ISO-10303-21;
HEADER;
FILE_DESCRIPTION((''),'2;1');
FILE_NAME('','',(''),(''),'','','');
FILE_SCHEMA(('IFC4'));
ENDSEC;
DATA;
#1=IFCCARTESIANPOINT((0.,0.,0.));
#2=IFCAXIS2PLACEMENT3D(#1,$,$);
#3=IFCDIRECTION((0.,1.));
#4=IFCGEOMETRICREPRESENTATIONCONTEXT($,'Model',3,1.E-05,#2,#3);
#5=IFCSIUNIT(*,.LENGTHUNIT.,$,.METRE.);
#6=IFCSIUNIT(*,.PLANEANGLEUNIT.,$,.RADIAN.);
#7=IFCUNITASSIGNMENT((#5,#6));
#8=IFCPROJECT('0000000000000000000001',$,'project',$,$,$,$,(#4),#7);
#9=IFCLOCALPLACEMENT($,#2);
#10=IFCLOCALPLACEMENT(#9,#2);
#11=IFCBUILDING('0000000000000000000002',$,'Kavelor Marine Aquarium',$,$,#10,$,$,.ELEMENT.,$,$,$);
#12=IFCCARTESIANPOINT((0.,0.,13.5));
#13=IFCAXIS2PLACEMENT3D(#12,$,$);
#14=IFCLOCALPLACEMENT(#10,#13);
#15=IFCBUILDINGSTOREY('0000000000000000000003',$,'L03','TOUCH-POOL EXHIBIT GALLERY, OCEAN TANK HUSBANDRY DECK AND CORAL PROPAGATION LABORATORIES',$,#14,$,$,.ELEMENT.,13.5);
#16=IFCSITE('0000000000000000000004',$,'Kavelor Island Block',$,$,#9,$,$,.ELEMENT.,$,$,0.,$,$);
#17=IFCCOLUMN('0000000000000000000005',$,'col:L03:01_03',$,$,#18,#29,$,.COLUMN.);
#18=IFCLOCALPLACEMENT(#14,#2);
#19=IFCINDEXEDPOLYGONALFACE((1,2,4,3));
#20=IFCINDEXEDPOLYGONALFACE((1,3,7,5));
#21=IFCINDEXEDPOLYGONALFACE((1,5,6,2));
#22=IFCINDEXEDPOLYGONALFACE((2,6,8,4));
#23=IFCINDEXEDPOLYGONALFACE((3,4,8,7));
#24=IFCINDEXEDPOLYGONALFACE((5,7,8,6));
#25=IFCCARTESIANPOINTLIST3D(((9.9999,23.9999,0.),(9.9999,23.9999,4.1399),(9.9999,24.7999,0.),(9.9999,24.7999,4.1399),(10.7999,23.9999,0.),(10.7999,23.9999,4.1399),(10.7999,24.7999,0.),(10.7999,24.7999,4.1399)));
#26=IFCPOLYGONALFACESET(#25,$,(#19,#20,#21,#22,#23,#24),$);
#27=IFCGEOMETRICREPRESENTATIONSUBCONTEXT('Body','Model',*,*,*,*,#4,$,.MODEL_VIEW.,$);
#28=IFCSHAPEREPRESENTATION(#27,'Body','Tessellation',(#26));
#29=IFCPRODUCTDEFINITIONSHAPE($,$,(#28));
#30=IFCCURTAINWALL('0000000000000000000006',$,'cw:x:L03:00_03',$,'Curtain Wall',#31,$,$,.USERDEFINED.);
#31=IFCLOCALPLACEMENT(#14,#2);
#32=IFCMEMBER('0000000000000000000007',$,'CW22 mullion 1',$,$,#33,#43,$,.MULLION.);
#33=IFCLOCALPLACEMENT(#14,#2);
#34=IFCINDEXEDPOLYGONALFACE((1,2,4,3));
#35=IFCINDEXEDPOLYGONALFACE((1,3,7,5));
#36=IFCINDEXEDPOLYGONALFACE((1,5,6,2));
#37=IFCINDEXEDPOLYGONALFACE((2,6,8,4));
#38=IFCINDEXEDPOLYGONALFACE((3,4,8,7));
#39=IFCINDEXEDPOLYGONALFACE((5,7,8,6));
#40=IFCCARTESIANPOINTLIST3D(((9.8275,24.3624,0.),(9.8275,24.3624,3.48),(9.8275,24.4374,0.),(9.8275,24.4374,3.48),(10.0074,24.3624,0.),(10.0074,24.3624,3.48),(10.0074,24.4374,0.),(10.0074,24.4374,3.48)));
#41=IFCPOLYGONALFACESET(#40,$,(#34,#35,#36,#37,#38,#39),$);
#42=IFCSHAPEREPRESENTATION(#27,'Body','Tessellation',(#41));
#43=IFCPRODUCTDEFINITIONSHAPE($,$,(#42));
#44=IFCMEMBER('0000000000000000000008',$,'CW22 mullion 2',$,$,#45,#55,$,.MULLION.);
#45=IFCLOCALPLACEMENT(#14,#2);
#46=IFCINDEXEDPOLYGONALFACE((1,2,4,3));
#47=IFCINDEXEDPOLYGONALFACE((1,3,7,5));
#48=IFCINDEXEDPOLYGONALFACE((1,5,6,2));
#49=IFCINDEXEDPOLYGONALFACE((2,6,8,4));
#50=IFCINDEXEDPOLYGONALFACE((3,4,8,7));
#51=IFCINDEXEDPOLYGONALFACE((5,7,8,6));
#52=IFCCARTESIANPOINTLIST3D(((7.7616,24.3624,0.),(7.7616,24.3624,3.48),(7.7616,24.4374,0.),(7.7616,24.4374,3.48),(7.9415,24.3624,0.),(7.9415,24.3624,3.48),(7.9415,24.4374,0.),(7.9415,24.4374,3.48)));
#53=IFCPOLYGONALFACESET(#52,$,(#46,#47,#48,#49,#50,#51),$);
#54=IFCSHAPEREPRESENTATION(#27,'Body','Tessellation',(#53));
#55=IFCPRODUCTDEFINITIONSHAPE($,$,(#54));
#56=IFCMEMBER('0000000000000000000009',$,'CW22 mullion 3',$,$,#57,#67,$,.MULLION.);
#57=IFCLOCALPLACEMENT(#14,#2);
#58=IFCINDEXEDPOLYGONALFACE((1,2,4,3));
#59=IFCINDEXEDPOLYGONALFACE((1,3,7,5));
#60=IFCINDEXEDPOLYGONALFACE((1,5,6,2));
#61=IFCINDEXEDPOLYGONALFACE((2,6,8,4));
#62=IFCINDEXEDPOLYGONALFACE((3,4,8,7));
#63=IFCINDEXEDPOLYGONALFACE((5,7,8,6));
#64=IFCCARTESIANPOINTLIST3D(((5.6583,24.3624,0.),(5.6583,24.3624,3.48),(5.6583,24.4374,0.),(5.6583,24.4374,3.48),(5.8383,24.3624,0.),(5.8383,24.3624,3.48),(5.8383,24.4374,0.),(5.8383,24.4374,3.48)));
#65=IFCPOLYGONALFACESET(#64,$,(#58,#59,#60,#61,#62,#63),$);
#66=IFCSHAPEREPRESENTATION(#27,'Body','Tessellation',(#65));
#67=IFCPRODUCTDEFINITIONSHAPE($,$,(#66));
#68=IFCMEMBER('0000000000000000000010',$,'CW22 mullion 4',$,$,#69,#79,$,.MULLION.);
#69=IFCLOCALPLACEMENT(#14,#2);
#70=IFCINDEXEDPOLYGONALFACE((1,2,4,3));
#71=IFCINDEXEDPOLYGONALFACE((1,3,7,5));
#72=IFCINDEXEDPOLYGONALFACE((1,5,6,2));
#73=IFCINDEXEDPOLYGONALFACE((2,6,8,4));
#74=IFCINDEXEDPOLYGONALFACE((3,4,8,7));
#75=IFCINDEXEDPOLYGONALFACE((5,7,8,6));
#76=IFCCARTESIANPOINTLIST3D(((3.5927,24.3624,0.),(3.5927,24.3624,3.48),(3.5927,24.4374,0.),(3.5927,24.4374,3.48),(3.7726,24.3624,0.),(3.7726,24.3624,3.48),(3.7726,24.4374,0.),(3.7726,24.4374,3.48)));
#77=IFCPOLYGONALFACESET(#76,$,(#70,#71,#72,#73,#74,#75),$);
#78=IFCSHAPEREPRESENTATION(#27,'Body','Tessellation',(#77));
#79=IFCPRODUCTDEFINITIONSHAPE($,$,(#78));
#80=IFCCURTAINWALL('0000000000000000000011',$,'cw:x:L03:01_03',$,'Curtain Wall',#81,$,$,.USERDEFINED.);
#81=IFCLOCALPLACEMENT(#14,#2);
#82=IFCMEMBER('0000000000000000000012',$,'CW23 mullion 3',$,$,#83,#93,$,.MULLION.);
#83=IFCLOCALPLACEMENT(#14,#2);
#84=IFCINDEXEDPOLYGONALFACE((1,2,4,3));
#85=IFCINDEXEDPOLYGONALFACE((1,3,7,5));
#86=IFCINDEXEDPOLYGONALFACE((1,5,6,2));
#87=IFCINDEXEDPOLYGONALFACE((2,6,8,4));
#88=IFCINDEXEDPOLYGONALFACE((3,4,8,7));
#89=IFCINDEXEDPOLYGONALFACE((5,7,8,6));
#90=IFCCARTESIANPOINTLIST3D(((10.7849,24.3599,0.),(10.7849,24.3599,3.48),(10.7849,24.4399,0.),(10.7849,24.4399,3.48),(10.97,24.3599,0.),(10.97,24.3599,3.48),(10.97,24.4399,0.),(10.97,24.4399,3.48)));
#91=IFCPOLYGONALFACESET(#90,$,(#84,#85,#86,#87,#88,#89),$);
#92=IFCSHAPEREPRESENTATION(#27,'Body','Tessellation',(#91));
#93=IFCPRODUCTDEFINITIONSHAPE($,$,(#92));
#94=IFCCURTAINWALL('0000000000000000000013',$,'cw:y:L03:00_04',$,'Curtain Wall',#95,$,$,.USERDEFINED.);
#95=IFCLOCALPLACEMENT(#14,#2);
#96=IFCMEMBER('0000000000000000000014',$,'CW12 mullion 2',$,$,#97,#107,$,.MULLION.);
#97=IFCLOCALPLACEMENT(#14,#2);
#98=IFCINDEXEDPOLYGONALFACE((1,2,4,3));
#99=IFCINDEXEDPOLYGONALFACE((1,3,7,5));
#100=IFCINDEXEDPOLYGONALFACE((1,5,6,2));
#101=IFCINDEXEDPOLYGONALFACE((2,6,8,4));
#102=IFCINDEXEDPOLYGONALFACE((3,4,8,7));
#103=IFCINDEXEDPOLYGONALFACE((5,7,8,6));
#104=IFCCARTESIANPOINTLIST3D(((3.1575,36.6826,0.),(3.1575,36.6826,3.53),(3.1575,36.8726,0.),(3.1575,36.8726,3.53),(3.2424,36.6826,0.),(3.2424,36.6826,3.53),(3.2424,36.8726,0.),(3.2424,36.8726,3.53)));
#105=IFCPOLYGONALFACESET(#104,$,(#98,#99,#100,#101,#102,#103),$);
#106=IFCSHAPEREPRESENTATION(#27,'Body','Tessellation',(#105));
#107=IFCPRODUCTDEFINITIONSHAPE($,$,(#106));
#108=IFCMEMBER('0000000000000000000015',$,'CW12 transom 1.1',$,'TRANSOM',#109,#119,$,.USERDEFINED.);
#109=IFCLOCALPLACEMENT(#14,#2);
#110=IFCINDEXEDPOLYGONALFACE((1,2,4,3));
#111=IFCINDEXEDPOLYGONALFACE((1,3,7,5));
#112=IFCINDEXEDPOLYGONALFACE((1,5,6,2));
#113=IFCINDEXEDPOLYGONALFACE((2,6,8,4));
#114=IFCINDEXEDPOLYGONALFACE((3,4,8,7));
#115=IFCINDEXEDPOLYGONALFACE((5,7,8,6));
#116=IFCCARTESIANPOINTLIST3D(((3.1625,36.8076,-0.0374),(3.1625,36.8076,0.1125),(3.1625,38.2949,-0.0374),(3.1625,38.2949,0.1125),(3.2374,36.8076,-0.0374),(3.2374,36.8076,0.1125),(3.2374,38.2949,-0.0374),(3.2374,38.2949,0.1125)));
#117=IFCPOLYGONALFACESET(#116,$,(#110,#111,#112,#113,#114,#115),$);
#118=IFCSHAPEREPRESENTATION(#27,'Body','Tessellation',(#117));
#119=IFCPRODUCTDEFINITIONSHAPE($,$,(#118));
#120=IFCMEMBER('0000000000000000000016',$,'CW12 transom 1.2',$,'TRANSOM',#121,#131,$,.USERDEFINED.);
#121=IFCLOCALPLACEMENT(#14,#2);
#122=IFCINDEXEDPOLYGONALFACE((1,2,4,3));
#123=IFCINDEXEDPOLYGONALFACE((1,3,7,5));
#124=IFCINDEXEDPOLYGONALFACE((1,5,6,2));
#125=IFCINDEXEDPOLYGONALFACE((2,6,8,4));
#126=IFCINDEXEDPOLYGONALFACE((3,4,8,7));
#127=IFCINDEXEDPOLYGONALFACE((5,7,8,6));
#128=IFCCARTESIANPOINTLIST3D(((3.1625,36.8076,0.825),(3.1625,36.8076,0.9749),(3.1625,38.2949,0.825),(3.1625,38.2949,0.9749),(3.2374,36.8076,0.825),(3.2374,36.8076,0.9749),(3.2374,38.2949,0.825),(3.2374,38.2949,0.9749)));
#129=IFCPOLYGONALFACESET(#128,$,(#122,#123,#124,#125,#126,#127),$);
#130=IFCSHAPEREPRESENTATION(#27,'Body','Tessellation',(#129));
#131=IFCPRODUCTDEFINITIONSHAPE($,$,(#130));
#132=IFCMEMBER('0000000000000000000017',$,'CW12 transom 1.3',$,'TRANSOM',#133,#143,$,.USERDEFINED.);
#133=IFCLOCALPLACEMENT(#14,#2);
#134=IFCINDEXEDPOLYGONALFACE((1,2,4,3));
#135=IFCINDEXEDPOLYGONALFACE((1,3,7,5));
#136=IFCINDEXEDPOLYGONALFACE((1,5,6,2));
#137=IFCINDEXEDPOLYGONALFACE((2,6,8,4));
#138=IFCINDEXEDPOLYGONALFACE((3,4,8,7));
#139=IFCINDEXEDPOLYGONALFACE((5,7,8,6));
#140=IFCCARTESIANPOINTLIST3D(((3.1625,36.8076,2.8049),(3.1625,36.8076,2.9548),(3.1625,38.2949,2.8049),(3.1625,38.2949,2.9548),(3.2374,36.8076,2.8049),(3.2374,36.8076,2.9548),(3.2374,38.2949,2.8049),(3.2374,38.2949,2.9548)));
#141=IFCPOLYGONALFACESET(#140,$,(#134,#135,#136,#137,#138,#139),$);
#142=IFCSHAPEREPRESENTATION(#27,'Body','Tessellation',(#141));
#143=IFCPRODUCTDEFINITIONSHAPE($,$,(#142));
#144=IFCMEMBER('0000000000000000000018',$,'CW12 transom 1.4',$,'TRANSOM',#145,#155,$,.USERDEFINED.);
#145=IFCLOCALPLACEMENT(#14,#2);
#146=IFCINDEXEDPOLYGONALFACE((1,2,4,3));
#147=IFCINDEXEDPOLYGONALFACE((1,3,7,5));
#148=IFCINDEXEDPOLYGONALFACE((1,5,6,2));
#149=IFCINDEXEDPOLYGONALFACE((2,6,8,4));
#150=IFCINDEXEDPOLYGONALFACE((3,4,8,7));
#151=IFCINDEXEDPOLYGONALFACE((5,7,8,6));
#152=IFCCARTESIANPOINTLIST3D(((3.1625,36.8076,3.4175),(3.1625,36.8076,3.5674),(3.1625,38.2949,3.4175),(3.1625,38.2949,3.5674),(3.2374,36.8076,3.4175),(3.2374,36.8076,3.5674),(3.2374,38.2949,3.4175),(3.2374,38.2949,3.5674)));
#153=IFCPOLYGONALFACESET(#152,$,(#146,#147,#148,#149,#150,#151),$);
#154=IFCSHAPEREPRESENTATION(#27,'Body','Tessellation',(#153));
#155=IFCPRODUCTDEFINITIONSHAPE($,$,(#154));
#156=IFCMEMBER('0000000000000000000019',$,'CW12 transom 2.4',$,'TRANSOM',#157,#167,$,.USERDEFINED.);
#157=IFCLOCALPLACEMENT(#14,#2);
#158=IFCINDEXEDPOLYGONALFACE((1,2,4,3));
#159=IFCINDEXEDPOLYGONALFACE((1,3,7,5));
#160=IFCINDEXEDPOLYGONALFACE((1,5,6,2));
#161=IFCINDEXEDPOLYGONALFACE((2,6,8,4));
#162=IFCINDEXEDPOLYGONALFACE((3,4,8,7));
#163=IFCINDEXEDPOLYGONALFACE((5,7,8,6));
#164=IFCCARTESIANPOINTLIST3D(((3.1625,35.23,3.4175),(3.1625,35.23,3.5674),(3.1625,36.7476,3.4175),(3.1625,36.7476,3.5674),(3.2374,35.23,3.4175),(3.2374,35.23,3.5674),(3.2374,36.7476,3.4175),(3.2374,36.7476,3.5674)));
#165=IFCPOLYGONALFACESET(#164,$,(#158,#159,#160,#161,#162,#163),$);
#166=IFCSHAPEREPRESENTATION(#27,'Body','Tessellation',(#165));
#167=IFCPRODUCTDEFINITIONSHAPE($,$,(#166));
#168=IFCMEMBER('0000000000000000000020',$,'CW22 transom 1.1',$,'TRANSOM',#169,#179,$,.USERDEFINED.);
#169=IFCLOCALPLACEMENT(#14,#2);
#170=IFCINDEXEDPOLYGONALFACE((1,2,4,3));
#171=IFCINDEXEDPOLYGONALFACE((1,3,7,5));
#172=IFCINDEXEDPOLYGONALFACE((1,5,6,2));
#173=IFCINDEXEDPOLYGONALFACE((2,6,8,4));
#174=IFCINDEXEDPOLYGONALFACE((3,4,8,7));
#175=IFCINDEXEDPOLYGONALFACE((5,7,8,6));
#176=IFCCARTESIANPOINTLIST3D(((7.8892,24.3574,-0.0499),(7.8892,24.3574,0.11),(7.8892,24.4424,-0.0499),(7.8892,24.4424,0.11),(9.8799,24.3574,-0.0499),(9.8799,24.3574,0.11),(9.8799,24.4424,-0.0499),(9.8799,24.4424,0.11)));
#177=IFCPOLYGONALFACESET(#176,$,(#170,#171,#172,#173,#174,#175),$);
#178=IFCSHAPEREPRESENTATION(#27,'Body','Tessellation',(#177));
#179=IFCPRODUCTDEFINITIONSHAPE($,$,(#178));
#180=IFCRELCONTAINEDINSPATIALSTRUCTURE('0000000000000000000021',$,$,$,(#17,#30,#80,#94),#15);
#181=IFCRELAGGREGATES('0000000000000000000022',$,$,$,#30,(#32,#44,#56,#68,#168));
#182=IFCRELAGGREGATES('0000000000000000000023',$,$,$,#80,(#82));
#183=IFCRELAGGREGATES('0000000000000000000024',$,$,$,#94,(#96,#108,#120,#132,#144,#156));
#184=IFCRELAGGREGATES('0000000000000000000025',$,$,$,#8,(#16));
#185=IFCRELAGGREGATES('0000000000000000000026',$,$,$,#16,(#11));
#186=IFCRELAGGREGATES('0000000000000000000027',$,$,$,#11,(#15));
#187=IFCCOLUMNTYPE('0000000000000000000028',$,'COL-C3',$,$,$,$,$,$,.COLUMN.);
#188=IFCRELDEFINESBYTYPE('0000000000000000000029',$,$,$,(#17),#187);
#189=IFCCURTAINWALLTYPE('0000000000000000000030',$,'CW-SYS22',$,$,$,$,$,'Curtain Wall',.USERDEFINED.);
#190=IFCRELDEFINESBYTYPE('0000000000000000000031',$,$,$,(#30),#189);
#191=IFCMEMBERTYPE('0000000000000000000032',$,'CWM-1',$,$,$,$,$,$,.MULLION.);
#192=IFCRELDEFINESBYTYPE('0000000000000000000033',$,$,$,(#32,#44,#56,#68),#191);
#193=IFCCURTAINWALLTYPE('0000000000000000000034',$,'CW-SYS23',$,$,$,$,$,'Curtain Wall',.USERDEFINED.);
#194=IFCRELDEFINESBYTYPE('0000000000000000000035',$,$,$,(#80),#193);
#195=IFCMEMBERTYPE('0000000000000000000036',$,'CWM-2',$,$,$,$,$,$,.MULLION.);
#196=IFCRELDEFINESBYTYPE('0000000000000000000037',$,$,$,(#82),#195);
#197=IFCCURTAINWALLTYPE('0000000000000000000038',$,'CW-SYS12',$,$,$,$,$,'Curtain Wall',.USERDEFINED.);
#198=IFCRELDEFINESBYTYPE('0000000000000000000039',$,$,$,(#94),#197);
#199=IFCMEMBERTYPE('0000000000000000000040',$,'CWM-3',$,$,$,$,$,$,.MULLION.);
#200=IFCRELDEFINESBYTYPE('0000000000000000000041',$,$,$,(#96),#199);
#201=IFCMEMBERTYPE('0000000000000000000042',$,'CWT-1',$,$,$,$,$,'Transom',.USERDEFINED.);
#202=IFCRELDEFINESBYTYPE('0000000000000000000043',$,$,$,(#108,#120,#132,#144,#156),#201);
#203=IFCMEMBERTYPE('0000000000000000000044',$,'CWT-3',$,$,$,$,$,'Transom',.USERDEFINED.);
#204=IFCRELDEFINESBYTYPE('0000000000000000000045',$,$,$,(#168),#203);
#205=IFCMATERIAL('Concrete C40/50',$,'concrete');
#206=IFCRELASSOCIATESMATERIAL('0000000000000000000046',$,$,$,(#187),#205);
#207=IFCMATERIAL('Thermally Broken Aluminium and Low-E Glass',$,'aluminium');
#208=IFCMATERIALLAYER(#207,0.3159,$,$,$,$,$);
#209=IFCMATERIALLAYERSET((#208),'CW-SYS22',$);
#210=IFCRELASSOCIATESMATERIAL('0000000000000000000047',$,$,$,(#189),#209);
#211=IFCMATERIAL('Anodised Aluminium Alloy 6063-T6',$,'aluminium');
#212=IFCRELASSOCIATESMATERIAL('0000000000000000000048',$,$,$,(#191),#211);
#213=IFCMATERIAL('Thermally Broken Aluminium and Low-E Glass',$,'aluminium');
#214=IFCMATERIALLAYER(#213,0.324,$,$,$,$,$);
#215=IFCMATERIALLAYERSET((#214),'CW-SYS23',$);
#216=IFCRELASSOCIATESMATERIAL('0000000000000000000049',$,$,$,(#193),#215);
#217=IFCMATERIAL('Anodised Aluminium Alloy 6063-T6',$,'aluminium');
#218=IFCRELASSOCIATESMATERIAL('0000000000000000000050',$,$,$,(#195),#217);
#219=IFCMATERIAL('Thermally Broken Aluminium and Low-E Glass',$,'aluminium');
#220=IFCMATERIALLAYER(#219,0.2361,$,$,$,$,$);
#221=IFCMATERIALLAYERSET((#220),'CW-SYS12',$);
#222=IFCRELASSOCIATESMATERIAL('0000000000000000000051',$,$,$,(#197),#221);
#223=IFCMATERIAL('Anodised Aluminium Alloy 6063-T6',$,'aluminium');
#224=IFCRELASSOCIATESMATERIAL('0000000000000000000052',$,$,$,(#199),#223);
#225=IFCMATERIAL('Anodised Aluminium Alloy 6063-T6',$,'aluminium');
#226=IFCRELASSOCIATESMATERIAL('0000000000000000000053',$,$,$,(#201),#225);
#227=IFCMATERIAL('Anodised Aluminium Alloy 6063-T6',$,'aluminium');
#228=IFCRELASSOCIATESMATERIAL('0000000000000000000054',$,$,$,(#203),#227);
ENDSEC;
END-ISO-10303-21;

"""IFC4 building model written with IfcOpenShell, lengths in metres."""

from ifc_helpers import new_model, si_unit, direction, frame, origin, origin_2d, place, context, subcontext, project, spatial, rectangle, extrude, material, layer, layer_set, material_profile, profile_set, type_object, element, aggregate, save


model = new_model("IFC4")

# Units and contexts
model_context = context("Model", 3, precision=1e-05, world=origin(), true_north=direction((0.0, 1.0)))
body_context = subcontext(model_context, "Body", "Model", "MODEL_VIEW")
ifc_project = project(units=[si_unit("LENGTHUNIT", "METRE"), si_unit("PLANEANGLEUNIT", "RADIAN")], contexts=[model_context])

# Site, building, storey
site_placement = place(None, origin())
site = spatial("IfcSite", under=ifc_project, at=site_placement, Name="Kavelor Island Block", CompositionType="ELEMENT", RefElevation=0.0)
building_placement = place(site_placement, origin())
building = spatial("IfcBuilding", under=site, at=building_placement, Name="Kavelor Marine Aquarium", CompositionType="ELEMENT")
storey_placement = place(building_placement, frame((0.0, 0.0, 13.5)))
storey = spatial("IfcBuildingStorey", under=building, at=storey_placement, Name="L03", Description="TOUCH-POOL EXHIBIT GALLERY, OCEAN TANK HUSBANDRY DECK AND CORAL PROPAGATION LABORATORIES", CompositionType="ELEMENT", Elevation=13.5)

# Column
ifc_material_1 = material(Name="Concrete C40/50", Category="concrete")
ifc_material_profile_1 = material_profile(ifc_material_1, rectangle(XDim=0.8, YDim=0.8, at=origin_2d()), Name="RC-COL 800x800")
ifc_profile_set_1 = profile_set([ifc_material_profile_1], Name="Concrete C40/50")
column_type = type_object("IfcColumnType", Name="COL-C3", PredefinedType="COLUMN", material=ifc_profile_set_1)
column_placement = place(storey_placement, frame((10.3999, 24.3999, 0.0), z_axis=(0.0, 0.0, 1.0), x_axis=(1.0, 0.0, 0.0)))
element("IfcColumn", 1, at=column_placement, inside=storey, type_object=column_type, Name="col:L03:01_03", PredefinedType="COLUMN", context=body_context, shape_type="SweptSolid", body=[
    extrude(rectangle(XDim=0.8, YDim=0.8, at=origin_2d()), origin(), (0.0, 0.0, 1.0), 4.1399),
])

# Curtain wall, members
ifc_material_2 = material(Name="Thermally Broken Aluminium and Low-E Glass", Category="aluminium")
ifc_layer_1 = layer(ifc_material_2, 0.3159)
ifc_layer_set_1 = layer_set([ifc_layer_1], Name="CW-SYS22")
curtain_wall_type_1 = type_object("IfcCurtainWallType", Name="CW-SYS22", ElementType="Curtain Wall", PredefinedType="USERDEFINED", material=ifc_layer_set_1)
curtain_wall_1_placement = place(storey_placement, origin())
curtain_wall_1 = element("IfcCurtainWall", 2, at=curtain_wall_1_placement, inside=storey, type_object=curtain_wall_type_1, Name="cw:x:L03:00_03", ObjectType="Curtain Wall", PredefinedType="USERDEFINED")
ifc_material_3 = material(Name="Anodised Aluminium Alloy 6063-T6", Category="aluminium")
ifc_material_profile_2 = material_profile(ifc_material_3, rectangle(XDim=0.075, YDim=0.1799, at=origin_2d()), Name="CW-MUL 75x180")
ifc_profile_set_2 = profile_set([ifc_material_profile_2], Name="Anodised Aluminium Alloy 6063-T6")
member_type_1 = type_object("IfcMemberType", Name="CWM-1", PredefinedType="MULLION", material=ifc_profile_set_2)
member_1_placement = place(storey_placement, frame((9.9175, 24.3999, 0.0), z_axis=(0.0, 0.0, 1.0), x_axis=(0.0, -1.0, 0.0)))
member_1 = element("IfcMember", 3, at=member_1_placement, type_object=member_type_1, Name="CW22 mullion 1", PredefinedType="MULLION", context=body_context, shape_type="SweptSolid", body=[
    extrude(rectangle(XDim=0.075, YDim=0.1799, at=origin_2d()), origin(), (0.0, 0.0, 1.0), 3.48),
])
member_2_placement = place(storey_placement, frame((7.8516, 24.3999, 0.0), z_axis=(0.0, 0.0, 1.0), x_axis=(0.0, -1.0, 0.0)))
member_2 = element("IfcMember", 4, at=member_2_placement, type_object=member_type_1, Name="CW22 mullion 2", PredefinedType="MULLION", context=body_context, shape_type="SweptSolid", body=[
    extrude(rectangle(XDim=0.075, YDim=0.1799, at=origin_2d()), origin(), (0.0, 0.0, 1.0), 3.48),
])
member_3_placement = place(storey_placement, frame((5.7483, 24.3999, 0.0), z_axis=(0.0, 0.0, 1.0), x_axis=(0.0, -1.0, 0.0)))
member_3 = element("IfcMember", 5, at=member_3_placement, type_object=member_type_1, Name="CW22 mullion 3", PredefinedType="MULLION", context=body_context, shape_type="SweptSolid", body=[
    extrude(rectangle(XDim=0.075, YDim=0.1799, at=origin_2d()), origin(), (0.0, 0.0, 1.0), 3.48),
])
member_4_placement = place(storey_placement, frame((3.6826, 24.3999, 0.0), z_axis=(0.0, 0.0, 1.0), x_axis=(0.0, -1.0, 0.0)))
member_4 = element("IfcMember", 6, at=member_4_placement, type_object=member_type_1, Name="CW22 mullion 4", PredefinedType="MULLION", context=body_context, shape_type="SweptSolid", body=[
    extrude(rectangle(XDim=0.075, YDim=0.1799, at=origin_2d()), origin(), (0.0, 0.0, 1.0), 3.48),
])

# Curtain wall, member
ifc_material_4 = material(Name="Thermally Broken Aluminium and Low-E Glass", Category="aluminium")
ifc_layer_2 = layer(ifc_material_4, 0.324)
ifc_layer_set_2 = layer_set([ifc_layer_2], Name="CW-SYS23")
curtain_wall_type_2 = type_object("IfcCurtainWallType", Name="CW-SYS23", ElementType="Curtain Wall", PredefinedType="USERDEFINED", material=ifc_layer_set_2)
curtain_wall_2_placement = place(storey_placement, origin())
curtain_wall_2 = element("IfcCurtainWall", 7, at=curtain_wall_2_placement, inside=storey, type_object=curtain_wall_type_2, Name="cw:x:L03:01_03", ObjectType="Curtain Wall", PredefinedType="USERDEFINED")
ifc_material_5 = material(Name="Anodised Aluminium Alloy 6063-T6", Category="aluminium")
ifc_material_profile_3 = material_profile(ifc_material_5, rectangle(XDim=0.0801, YDim=0.1851, at=origin_2d()), Name="CW-MUL 80x185")
ifc_profile_set_3 = profile_set([ifc_material_profile_3], Name="Anodised Aluminium Alloy 6063-T6")
member_type_2 = type_object("IfcMemberType", Name="CWM-2", PredefinedType="MULLION", material=ifc_profile_set_3)
member_5_placement = place(storey_placement, frame((10.8774, 24.3999, 0.0), z_axis=(0.0, 0.0, 1.0), x_axis=(0.0, -1.0, 0.0)))
member_5 = element("IfcMember", 8, at=member_5_placement, type_object=member_type_2, Name="CW23 mullion 3", PredefinedType="MULLION", context=body_context, shape_type="SweptSolid", body=[
    extrude(rectangle(XDim=0.0801, YDim=0.1851, at=origin_2d()), origin(), (0.0, 0.0, 1.0), 3.48),
])

# Curtain wall, members
ifc_material_6 = material(Name="Thermally Broken Aluminium and Low-E Glass", Category="aluminium")
ifc_layer_3 = layer(ifc_material_6, 0.2361)
ifc_layer_set_3 = layer_set([ifc_layer_3], Name="CW-SYS12")
curtain_wall_type_3 = type_object("IfcCurtainWallType", Name="CW-SYS12", ElementType="Curtain Wall", PredefinedType="USERDEFINED", material=ifc_layer_set_3)
curtain_wall_3_placement = place(storey_placement, origin())
curtain_wall_3 = element("IfcCurtainWall", 9, at=curtain_wall_3_placement, inside=storey, type_object=curtain_wall_type_3, Name="cw:y:L03:00_04", ObjectType="Curtain Wall", PredefinedType="USERDEFINED")
ifc_material_7 = material(Name="Anodised Aluminium Alloy 6063-T6", Category="aluminium")
ifc_material_profile_4 = material_profile(ifc_material_7, rectangle(XDim=0.085, YDim=0.1899, at=origin_2d()), Name="CW-MUL 85x190")
ifc_profile_set_4 = profile_set([ifc_material_profile_4], Name="Anodised Aluminium Alloy 6063-T6")
member_type_3 = type_object("IfcMemberType", Name="CWM-3", PredefinedType="MULLION", material=ifc_profile_set_4)
member_6_placement = place(storey_placement, frame((3.2, 36.7776, 0.0), z_axis=(0.0, 0.0, 1.0), x_axis=(1.0, 0.0, 0.0)))
member_6 = element("IfcMember", 10, at=member_6_placement, type_object=member_type_3, Name="CW12 mullion 2", PredefinedType="MULLION", context=body_context, shape_type="SweptSolid", body=[
    extrude(rectangle(XDim=0.085, YDim=0.1899, at=origin_2d()), origin(), (0.0, 0.0, 1.0), 3.53),
])
ifc_material_8 = material(Name="Anodised Aluminium Alloy 6063-T6", Category="aluminium")
ifc_material_profile_5 = material_profile(ifc_material_8, rectangle(XDim=0.075, YDim=0.1499, at=origin_2d()), Name="CW-TRN 75x150")
ifc_profile_set_5 = profile_set([ifc_material_profile_5], Name="Anodised Aluminium Alloy 6063-T6")
member_type_4 = type_object("IfcMemberType", Name="CWT-1", ElementType="Transom", PredefinedType="USERDEFINED", material=ifc_profile_set_5)
member_7_placement = place(storey_placement, frame((3.2, 38.2949, 0.0376), z_axis=(0.0, -1.0, 0.0), x_axis=(1.0, 0.0, 0.0)))
member_7 = element("IfcMember", 11, at=member_7_placement, type_object=member_type_4, Name="CW12 transom 1.1", ObjectType="TRANSOM", PredefinedType="USERDEFINED", context=body_context, shape_type="SweptSolid", body=[
    extrude(rectangle(XDim=0.075, YDim=0.1499, at=origin_2d()), origin(), (0.0, 0.0, 1.0), 1.4873),
])
member_8_placement = place(storey_placement, frame((3.2, 38.2949, 0.8999), z_axis=(0.0, -1.0, 0.0), x_axis=(1.0, 0.0, 0.0)))
member_8 = element("IfcMember", 12, at=member_8_placement, type_object=member_type_4, Name="CW12 transom 1.2", ObjectType="TRANSOM", PredefinedType="USERDEFINED", context=body_context, shape_type="SweptSolid", body=[
    extrude(rectangle(XDim=0.075, YDim=0.1499, at=origin_2d()), origin(), (0.0, 0.0, 1.0), 1.4873),
])
member_9_placement = place(storey_placement, frame((3.2, 38.2949, 2.8799), z_axis=(0.0, -1.0, 0.0), x_axis=(1.0, 0.0, 0.0)))
member_9 = element("IfcMember", 13, at=member_9_placement, type_object=member_type_4, Name="CW12 transom 1.3", ObjectType="TRANSOM", PredefinedType="USERDEFINED", context=body_context, shape_type="SweptSolid", body=[
    extrude(rectangle(XDim=0.075, YDim=0.1499, at=origin_2d()), origin(), (0.0, 0.0, 1.0), 1.4873),
])
member_10_placement = place(storey_placement, frame((3.2, 38.2949, 3.4924), z_axis=(0.0, -1.0, 0.0), x_axis=(1.0, 0.0, 0.0)))
member_10 = element("IfcMember", 14, at=member_10_placement, type_object=member_type_4, Name="CW12 transom 1.4", ObjectType="TRANSOM", PredefinedType="USERDEFINED", context=body_context, shape_type="SweptSolid", body=[
    extrude(rectangle(XDim=0.075, YDim=0.1499, at=origin_2d()), origin(), (0.0, 0.0, 1.0), 1.4873),
])
member_11_placement = place(storey_placement, frame((3.2, 36.7476, 3.4924), z_axis=(0.0, -1.0, 0.0), x_axis=(1.0, 0.0, 0.0)))
member_11 = element("IfcMember", 15, at=member_11_placement, type_object=member_type_4, Name="CW12 transom 2.4", ObjectType="TRANSOM", PredefinedType="USERDEFINED", context=body_context, shape_type="SweptSolid", body=[
    extrude(rectangle(XDim=0.075, YDim=0.1499, at=origin_2d()), origin(), (0.0, 0.0, 1.0), 1.5176),
])

# Member
ifc_material_9 = material(Name="Anodised Aluminium Alloy 6063-T6", Category="aluminium")
ifc_material_profile_6 = material_profile(ifc_material_9, rectangle(XDim=0.085, YDim=0.1599, at=origin_2d()), Name="CW-TRN 85x160")
ifc_profile_set_6 = profile_set([ifc_material_profile_6], Name="Anodised Aluminium Alloy 6063-T6")
member_type_5 = type_object("IfcMemberType", Name="CWT-3", ElementType="Transom", PredefinedType="USERDEFINED", material=ifc_profile_set_6)
member_12_placement = place(storey_placement, frame((9.8799, 24.3999, 0.03), z_axis=(-1.0, 0.0, 0.0), x_axis=(0.0, -1.0, 0.0)))
member_12 = element("IfcMember", 16, at=member_12_placement, type_object=member_type_5, Name="CW22 transom 1.1", ObjectType="TRANSOM", PredefinedType="USERDEFINED", context=body_context, shape_type="SweptSolid", body=[
    extrude(rectangle(XDim=0.085, YDim=0.1599, at=origin_2d()), origin(), (0.0, 0.0, 1.0), 1.9907),
])

aggregate(curtain_wall_1, [member_1, member_2, member_3, member_4, member_12])
aggregate(curtain_wall_2, [member_5])
aggregate(curtain_wall_3, [member_6, member_7, member_8, member_9, member_10, member_11])

save(model, "model.ifc")
